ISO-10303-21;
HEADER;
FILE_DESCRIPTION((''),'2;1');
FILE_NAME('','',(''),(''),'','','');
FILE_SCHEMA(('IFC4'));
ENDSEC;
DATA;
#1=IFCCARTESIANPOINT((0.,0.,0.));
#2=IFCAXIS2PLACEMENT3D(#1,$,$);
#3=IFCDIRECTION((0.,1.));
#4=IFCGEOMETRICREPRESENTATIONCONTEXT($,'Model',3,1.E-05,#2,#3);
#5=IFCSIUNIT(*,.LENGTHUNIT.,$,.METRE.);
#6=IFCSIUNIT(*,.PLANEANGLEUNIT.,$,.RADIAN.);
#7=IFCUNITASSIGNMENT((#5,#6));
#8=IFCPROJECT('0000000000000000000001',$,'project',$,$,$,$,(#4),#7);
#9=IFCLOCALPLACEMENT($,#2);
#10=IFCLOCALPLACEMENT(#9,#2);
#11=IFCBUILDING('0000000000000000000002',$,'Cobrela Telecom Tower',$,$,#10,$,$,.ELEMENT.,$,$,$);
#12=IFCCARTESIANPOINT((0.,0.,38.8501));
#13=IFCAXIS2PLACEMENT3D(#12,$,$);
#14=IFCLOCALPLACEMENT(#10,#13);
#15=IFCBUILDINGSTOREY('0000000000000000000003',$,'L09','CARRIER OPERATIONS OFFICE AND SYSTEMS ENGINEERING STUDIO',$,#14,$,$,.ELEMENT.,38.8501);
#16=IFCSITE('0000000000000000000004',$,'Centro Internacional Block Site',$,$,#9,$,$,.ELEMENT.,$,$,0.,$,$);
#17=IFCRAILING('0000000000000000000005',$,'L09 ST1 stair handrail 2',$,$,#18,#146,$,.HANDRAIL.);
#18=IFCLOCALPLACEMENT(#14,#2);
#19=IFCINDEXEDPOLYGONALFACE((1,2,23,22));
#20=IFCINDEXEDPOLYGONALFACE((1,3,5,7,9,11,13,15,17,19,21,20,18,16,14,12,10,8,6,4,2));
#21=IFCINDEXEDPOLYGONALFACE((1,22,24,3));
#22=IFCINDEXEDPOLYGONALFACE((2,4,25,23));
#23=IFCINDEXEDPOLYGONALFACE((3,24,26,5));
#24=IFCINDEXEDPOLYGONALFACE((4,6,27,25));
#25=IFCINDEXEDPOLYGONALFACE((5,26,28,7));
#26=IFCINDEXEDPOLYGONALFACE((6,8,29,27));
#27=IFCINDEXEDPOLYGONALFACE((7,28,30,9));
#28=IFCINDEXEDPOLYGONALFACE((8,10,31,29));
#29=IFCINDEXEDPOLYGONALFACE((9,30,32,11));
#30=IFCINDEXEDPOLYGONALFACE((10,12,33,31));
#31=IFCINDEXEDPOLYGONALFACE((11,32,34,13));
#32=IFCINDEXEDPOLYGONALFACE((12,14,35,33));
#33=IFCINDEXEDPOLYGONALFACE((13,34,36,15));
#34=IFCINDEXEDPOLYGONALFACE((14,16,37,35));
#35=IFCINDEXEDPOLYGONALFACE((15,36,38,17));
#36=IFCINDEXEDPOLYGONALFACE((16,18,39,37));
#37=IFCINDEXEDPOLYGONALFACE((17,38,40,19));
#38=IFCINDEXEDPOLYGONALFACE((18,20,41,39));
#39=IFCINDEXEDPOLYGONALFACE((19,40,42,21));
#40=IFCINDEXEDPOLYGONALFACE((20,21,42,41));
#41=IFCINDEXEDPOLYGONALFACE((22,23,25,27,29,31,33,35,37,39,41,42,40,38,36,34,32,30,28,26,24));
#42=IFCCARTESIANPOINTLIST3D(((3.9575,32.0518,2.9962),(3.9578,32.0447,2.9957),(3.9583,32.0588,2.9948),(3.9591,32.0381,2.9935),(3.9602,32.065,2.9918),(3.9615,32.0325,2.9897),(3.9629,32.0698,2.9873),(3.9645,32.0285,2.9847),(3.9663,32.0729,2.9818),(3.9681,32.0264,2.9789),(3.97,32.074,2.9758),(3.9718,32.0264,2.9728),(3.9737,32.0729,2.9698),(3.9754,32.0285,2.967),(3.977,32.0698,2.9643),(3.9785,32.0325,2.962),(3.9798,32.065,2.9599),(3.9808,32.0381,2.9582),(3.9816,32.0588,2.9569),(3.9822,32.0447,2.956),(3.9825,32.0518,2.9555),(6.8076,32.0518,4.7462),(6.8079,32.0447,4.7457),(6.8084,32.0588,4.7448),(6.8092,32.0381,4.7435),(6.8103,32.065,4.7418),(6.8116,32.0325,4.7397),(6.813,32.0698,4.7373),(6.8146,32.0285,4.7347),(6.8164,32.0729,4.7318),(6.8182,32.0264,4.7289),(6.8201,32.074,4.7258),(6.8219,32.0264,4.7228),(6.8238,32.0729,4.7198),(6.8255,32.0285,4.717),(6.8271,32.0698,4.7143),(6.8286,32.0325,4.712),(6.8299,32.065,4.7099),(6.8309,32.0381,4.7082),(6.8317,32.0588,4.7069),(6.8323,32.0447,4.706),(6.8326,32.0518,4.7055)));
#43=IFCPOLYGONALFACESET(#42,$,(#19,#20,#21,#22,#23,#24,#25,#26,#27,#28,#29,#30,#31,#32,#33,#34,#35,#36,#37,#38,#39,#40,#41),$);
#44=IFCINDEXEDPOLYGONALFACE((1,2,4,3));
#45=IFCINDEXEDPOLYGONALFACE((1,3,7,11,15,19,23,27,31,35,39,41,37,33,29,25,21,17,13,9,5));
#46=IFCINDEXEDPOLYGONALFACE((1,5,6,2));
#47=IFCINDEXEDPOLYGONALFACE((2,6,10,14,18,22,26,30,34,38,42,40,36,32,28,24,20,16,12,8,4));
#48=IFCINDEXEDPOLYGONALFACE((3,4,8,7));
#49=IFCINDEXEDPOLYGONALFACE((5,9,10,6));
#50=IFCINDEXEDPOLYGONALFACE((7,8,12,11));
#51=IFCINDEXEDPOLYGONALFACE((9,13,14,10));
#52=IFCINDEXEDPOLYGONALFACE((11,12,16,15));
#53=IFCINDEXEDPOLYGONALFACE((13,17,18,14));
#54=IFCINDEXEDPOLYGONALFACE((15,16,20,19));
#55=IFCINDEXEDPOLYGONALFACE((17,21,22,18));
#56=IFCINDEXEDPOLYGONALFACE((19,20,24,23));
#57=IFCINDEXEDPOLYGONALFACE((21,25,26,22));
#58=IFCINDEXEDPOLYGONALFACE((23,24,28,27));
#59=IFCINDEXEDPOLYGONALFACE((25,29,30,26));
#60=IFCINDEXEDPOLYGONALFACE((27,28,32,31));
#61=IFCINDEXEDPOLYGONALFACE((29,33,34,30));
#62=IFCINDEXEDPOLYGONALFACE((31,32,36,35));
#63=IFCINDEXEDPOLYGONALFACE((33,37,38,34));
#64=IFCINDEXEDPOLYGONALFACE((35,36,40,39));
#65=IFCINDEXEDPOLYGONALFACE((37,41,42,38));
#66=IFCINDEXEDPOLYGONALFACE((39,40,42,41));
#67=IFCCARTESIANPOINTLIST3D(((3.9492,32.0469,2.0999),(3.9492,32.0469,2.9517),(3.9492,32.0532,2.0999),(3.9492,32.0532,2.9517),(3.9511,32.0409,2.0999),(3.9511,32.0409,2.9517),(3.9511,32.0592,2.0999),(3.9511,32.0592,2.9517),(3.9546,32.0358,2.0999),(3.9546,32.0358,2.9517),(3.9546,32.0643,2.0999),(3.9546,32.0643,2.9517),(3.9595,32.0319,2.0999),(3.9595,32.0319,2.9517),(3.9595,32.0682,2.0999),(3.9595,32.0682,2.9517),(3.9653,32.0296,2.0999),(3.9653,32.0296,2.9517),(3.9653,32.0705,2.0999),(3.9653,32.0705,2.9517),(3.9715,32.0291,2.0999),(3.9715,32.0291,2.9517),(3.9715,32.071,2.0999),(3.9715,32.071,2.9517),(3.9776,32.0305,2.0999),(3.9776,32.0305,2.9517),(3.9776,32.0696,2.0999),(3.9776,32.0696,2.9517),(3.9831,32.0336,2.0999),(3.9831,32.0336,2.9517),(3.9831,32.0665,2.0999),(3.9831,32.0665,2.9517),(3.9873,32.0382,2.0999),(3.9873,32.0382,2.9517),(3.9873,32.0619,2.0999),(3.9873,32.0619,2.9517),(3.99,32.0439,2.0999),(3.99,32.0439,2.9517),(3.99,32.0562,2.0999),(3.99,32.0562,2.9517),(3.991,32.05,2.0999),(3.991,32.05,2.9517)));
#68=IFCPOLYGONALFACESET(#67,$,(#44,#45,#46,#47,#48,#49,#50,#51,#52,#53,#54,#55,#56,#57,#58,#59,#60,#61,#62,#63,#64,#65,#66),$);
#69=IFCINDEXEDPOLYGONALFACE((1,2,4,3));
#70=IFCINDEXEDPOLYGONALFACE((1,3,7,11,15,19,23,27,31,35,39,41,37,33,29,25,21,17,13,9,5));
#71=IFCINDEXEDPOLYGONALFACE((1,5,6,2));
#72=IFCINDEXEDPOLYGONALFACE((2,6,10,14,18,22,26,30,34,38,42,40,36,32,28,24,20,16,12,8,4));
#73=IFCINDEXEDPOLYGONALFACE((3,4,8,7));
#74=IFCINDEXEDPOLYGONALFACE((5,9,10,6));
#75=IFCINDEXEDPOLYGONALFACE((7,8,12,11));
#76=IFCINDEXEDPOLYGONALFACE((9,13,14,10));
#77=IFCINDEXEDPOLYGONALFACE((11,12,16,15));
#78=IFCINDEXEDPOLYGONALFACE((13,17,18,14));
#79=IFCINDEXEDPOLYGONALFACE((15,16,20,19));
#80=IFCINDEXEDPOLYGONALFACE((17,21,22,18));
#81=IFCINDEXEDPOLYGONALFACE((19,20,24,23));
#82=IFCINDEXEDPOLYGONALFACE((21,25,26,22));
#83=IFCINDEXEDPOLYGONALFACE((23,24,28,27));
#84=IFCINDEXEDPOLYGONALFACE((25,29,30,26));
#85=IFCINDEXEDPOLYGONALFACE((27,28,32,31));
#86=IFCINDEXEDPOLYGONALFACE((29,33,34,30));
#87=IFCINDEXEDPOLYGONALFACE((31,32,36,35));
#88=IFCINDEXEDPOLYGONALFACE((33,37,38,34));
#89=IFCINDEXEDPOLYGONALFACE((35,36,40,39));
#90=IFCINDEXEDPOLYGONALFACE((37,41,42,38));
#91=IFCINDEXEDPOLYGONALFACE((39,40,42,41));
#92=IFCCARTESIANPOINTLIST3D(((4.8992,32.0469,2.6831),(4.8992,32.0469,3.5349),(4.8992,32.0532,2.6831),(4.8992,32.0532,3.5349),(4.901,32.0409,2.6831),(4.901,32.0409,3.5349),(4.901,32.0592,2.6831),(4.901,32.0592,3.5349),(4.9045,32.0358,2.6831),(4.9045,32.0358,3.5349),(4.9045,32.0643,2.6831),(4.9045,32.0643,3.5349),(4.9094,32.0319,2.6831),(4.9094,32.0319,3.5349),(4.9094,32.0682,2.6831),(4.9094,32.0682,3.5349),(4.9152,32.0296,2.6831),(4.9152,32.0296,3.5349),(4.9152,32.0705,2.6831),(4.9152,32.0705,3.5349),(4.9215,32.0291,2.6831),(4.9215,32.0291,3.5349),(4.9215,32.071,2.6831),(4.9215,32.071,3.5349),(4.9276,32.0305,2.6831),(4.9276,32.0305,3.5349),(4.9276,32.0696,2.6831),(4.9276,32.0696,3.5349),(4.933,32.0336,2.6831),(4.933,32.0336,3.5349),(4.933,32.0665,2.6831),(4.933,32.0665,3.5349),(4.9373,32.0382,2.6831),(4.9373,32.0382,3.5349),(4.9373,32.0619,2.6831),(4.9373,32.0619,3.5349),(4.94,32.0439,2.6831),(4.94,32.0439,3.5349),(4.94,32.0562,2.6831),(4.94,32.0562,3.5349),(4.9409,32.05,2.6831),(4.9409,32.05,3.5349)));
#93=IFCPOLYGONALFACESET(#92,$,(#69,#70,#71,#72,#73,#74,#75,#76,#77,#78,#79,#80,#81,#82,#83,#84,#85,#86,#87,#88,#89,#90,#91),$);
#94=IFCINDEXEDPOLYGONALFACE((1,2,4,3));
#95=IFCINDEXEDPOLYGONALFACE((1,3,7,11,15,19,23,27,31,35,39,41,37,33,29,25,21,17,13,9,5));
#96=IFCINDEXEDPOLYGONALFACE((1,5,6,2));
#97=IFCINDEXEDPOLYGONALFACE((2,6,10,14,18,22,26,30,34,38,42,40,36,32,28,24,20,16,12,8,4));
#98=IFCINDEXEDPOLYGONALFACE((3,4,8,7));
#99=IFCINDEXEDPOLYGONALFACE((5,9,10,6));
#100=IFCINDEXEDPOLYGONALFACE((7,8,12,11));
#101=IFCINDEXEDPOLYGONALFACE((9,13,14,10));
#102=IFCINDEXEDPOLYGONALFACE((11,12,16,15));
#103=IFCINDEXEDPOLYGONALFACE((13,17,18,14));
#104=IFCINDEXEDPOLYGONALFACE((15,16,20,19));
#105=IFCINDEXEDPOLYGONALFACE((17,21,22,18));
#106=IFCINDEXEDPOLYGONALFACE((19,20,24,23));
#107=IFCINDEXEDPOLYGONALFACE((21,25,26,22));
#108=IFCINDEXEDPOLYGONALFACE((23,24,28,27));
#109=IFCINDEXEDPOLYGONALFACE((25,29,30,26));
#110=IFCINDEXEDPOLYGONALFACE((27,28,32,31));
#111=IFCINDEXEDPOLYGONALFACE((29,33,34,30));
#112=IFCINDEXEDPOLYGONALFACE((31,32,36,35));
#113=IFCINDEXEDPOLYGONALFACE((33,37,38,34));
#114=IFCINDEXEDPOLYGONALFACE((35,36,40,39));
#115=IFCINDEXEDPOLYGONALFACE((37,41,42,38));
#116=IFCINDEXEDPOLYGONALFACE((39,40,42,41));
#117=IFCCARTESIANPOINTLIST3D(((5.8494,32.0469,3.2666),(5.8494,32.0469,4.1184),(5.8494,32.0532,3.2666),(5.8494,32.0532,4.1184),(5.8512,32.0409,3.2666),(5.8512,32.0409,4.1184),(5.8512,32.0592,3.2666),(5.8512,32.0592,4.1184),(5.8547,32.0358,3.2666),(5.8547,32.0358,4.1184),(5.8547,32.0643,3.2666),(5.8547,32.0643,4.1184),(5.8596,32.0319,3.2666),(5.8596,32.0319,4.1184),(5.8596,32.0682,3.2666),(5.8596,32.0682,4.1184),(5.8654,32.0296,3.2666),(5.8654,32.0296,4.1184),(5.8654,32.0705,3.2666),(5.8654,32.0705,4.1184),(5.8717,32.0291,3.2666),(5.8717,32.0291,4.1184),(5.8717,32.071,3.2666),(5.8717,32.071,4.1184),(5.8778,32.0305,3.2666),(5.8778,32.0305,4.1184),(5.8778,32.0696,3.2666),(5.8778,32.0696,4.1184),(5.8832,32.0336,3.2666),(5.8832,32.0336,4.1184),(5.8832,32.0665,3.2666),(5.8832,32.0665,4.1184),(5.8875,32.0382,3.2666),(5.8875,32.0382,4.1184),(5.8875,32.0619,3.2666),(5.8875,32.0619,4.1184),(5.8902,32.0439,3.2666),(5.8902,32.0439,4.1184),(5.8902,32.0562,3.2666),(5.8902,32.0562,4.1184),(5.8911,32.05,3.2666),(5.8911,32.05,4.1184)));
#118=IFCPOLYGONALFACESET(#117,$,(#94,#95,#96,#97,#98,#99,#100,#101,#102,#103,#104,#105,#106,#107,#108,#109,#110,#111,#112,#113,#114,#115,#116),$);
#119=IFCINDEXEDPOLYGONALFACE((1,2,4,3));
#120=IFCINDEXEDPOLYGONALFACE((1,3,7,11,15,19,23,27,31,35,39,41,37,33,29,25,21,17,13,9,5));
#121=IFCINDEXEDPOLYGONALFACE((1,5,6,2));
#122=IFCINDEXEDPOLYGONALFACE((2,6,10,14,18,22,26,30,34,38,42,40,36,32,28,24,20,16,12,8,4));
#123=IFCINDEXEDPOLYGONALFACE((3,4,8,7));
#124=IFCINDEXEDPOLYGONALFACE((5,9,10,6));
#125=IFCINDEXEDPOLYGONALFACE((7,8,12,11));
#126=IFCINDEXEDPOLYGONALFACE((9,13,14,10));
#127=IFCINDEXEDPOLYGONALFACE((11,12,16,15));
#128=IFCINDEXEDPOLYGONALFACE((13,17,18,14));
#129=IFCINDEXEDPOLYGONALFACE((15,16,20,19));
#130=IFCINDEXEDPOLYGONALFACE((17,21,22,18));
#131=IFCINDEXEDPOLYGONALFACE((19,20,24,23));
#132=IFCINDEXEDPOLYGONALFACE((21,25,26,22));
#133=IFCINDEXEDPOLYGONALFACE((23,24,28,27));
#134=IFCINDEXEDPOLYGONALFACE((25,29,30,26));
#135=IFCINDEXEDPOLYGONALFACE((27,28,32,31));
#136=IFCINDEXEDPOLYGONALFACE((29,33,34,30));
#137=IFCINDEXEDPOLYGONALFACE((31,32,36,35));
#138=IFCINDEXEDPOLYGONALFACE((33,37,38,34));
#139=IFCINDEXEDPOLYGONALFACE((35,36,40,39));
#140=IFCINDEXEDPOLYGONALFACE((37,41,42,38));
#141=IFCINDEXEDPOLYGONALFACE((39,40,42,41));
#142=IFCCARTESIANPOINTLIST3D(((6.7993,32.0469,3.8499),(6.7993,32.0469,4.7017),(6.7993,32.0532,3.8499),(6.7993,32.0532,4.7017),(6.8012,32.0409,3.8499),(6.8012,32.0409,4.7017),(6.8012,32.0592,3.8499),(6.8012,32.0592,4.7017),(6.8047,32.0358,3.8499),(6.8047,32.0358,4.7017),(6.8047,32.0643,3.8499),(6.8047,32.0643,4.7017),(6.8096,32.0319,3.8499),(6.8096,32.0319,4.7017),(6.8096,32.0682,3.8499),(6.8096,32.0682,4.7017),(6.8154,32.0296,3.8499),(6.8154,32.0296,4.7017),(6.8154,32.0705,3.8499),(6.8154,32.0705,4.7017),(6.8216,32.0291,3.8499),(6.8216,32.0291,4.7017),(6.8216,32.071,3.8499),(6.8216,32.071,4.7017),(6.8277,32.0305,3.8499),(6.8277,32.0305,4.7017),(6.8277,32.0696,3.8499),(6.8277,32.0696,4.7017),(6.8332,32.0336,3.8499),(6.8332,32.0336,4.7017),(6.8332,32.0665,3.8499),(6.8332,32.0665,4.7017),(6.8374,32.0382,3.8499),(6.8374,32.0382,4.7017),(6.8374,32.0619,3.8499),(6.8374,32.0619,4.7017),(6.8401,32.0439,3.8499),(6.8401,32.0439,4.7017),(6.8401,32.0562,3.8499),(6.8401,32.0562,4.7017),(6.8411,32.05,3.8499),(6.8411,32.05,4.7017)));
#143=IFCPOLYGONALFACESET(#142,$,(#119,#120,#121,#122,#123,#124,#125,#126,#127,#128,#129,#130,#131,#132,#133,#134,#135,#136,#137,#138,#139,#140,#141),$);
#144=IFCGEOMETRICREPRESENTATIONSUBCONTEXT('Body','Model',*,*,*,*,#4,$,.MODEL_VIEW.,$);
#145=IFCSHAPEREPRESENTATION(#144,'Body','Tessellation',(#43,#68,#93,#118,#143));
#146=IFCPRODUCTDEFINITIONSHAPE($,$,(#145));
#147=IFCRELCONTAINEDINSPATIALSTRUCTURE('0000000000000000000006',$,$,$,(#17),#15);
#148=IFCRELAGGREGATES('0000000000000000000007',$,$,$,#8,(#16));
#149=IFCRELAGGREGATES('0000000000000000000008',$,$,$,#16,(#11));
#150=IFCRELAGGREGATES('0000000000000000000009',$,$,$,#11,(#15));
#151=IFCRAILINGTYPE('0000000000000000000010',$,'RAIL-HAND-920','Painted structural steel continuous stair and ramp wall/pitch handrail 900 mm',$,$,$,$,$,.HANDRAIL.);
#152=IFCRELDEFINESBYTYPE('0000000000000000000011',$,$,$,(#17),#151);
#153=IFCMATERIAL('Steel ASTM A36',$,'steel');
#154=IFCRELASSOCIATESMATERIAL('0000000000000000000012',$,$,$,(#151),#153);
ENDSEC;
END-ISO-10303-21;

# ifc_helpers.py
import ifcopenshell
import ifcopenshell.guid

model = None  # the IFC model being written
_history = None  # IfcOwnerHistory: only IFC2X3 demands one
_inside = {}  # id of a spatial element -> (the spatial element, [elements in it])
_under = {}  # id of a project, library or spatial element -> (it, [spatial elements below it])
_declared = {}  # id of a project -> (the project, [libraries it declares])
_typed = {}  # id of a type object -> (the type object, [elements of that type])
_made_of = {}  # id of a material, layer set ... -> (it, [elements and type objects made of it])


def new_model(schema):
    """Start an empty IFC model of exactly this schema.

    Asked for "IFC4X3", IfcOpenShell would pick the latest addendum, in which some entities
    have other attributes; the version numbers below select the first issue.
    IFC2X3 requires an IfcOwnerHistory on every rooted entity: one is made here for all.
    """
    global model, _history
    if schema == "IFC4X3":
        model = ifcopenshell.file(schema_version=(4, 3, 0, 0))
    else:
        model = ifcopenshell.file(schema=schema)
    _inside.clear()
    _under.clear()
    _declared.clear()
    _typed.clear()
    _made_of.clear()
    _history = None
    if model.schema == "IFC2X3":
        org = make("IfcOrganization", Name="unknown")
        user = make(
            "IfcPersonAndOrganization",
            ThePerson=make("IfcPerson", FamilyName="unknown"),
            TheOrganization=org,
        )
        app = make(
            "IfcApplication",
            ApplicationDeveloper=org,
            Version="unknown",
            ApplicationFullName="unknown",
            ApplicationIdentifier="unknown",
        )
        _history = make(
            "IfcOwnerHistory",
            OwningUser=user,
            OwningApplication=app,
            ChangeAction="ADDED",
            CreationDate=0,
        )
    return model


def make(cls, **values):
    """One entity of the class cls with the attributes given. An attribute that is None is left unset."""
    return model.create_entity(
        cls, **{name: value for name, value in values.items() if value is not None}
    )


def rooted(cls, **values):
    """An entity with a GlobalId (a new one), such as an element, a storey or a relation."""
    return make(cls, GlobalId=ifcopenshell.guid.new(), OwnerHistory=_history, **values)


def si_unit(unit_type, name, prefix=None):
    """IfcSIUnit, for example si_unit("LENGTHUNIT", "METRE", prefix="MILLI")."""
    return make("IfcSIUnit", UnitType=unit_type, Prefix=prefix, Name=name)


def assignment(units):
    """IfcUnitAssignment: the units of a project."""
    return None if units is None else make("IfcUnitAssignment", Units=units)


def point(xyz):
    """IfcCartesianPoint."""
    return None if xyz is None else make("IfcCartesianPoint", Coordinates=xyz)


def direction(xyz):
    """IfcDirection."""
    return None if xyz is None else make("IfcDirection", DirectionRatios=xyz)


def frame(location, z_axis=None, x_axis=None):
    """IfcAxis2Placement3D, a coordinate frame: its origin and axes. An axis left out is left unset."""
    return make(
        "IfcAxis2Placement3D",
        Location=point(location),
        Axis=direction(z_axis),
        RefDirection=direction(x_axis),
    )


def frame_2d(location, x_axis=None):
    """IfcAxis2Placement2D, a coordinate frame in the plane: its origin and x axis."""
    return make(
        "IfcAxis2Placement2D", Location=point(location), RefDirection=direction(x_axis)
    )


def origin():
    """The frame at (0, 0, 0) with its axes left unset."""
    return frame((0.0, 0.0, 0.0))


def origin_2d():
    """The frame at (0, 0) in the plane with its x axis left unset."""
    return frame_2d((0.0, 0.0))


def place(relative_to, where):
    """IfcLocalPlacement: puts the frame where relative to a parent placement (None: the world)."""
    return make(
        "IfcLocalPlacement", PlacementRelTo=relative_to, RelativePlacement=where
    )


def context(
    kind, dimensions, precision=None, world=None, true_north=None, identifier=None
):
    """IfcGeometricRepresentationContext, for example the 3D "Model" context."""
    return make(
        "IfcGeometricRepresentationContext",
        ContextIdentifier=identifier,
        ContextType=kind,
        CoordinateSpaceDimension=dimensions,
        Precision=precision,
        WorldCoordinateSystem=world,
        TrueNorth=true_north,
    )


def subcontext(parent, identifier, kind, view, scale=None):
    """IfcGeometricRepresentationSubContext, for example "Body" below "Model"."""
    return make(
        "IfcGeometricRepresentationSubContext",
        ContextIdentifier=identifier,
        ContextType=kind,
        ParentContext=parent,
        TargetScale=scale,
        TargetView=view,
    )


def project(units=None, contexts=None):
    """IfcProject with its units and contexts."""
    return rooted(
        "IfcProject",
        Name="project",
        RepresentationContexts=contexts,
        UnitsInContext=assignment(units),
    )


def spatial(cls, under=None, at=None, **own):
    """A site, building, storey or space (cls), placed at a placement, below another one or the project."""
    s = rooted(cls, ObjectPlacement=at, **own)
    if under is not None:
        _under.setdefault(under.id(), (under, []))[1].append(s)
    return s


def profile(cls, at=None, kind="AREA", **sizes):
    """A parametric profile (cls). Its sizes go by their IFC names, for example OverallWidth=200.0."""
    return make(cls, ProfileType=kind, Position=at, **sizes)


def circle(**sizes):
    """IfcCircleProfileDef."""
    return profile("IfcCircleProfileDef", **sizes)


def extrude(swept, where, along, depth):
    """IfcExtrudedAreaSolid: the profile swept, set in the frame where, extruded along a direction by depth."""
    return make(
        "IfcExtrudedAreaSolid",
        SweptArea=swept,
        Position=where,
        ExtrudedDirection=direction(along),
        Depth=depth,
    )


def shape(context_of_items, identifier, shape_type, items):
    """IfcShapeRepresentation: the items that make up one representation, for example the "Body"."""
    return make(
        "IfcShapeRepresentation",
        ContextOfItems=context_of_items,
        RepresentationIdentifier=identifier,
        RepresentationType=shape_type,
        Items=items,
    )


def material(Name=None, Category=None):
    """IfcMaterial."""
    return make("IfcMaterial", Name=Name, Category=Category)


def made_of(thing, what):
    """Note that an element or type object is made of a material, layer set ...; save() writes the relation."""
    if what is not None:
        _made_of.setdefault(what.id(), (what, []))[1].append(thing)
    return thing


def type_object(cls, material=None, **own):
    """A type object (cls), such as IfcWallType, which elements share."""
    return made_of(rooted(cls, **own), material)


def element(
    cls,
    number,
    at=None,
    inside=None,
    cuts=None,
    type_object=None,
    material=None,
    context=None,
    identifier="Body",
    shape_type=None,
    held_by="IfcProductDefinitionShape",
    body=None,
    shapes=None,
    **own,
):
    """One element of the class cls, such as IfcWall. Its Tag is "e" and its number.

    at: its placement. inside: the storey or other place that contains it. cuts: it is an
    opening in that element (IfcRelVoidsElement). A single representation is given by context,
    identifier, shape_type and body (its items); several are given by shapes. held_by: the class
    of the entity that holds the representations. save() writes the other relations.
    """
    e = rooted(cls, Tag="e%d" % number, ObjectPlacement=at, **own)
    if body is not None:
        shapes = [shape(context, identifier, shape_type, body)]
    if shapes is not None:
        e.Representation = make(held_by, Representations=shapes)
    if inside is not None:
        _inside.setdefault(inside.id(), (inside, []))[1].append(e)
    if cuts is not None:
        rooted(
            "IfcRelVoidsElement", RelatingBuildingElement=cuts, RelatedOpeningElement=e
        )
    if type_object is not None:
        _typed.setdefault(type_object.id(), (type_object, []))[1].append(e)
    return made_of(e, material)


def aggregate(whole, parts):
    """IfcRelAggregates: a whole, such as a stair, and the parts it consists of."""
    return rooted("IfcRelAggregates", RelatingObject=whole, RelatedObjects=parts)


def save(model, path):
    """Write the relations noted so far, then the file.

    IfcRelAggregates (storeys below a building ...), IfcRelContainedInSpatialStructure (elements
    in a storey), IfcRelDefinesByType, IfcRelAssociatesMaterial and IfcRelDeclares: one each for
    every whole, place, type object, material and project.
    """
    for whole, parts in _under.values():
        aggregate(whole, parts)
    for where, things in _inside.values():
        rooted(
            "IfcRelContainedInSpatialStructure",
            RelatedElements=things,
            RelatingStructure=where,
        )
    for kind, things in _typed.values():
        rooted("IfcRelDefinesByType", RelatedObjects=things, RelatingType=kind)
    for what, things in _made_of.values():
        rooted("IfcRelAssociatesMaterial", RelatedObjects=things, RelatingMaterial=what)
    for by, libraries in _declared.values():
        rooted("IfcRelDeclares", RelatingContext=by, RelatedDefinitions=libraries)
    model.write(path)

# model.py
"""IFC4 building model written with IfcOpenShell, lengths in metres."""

from ifc_helpers import new_model, si_unit, direction, frame, origin, origin_2d, place, context, subcontext, project, spatial, circle, extrude, material, type_object, element, save


model = new_model("IFC4")

# Units and contexts
model_context = context("Model", 3, precision=1e-05, world=origin(), true_north=direction((0.0, 1.0)))
body_context = subcontext(model_context, "Body", "Model", "MODEL_VIEW")
ifc_project = project(units=[si_unit("LENGTHUNIT", "METRE"), si_unit("PLANEANGLEUNIT", "RADIAN")], contexts=[model_context])

# Site, building, storey
site_placement = place(None, origin())
site = spatial("IfcSite", under=ifc_project, at=site_placement, Name="Centro Internacional Block Site", CompositionType="ELEMENT", RefElevation=0.0)
building_placement = place(site_placement, origin())
building = spatial("IfcBuilding", under=site, at=building_placement, Name="Cobrela Telecom Tower", CompositionType="ELEMENT")
storey_placement = place(building_placement, frame((0.0, 0.0, 38.8501)))
storey = spatial("IfcBuildingStorey", under=building, at=storey_placement, Name="L09", Description="CARRIER OPERATIONS OFFICE AND SYSTEMS ENGINEERING STUDIO", CompositionType="ELEMENT", Elevation=38.8501)

# Shared definitions
ifc_material_1 = material(Name="Steel ASTM A36", Category="steel")

# Railing
railing_type_1 = type_object("IfcRailingType", Name="RAIL-HAND-920", Description="Painted structural steel continuous stair and ramp wall/pitch handrail 900 mm", PredefinedType="HANDRAIL", material=ifc_material_1)
railing_1_placement = place(storey_placement, frame((3.97, 32.05, 2.0999)))
element("IfcRailing", 1, at=railing_1_placement, inside=storey, type_object=railing_type_1, Name="L09 ST1 stair handrail 2", PredefinedType="HANDRAIL", context=body_context, shape_type="SweptSolid", body=[
    extrude(circle(Radius=0.0239, at=origin_2d()), frame((0.0, 0.0, 0.876), z_axis=(0.852179, 0.0, 0.52325), x_axis=(0.0, 1.0, 0.0)), (0.0, 0.0, 1.0), 3.3445),
    extrude(circle(Radius=0.021, at=origin_2d()), origin(), (0.0, 0.0, 1.0), 0.8518),
    extrude(circle(Radius=0.021, at=origin_2d()), frame((0.95, 0.0, 0.5833)), (0.0, 0.0, 1.0), 0.8518),
    extrude(circle(Radius=0.021, at=origin_2d()), frame((1.9001, 0.0, 1.1667)), (0.0, 0.0, 1.0), 0.8518),
    extrude(circle(Radius=0.021, at=origin_2d()), frame((2.8501, 0.0, 1.75)), (0.0, 0.0, 1.0), 0.8518),
])

save(model, "model.ifc")
